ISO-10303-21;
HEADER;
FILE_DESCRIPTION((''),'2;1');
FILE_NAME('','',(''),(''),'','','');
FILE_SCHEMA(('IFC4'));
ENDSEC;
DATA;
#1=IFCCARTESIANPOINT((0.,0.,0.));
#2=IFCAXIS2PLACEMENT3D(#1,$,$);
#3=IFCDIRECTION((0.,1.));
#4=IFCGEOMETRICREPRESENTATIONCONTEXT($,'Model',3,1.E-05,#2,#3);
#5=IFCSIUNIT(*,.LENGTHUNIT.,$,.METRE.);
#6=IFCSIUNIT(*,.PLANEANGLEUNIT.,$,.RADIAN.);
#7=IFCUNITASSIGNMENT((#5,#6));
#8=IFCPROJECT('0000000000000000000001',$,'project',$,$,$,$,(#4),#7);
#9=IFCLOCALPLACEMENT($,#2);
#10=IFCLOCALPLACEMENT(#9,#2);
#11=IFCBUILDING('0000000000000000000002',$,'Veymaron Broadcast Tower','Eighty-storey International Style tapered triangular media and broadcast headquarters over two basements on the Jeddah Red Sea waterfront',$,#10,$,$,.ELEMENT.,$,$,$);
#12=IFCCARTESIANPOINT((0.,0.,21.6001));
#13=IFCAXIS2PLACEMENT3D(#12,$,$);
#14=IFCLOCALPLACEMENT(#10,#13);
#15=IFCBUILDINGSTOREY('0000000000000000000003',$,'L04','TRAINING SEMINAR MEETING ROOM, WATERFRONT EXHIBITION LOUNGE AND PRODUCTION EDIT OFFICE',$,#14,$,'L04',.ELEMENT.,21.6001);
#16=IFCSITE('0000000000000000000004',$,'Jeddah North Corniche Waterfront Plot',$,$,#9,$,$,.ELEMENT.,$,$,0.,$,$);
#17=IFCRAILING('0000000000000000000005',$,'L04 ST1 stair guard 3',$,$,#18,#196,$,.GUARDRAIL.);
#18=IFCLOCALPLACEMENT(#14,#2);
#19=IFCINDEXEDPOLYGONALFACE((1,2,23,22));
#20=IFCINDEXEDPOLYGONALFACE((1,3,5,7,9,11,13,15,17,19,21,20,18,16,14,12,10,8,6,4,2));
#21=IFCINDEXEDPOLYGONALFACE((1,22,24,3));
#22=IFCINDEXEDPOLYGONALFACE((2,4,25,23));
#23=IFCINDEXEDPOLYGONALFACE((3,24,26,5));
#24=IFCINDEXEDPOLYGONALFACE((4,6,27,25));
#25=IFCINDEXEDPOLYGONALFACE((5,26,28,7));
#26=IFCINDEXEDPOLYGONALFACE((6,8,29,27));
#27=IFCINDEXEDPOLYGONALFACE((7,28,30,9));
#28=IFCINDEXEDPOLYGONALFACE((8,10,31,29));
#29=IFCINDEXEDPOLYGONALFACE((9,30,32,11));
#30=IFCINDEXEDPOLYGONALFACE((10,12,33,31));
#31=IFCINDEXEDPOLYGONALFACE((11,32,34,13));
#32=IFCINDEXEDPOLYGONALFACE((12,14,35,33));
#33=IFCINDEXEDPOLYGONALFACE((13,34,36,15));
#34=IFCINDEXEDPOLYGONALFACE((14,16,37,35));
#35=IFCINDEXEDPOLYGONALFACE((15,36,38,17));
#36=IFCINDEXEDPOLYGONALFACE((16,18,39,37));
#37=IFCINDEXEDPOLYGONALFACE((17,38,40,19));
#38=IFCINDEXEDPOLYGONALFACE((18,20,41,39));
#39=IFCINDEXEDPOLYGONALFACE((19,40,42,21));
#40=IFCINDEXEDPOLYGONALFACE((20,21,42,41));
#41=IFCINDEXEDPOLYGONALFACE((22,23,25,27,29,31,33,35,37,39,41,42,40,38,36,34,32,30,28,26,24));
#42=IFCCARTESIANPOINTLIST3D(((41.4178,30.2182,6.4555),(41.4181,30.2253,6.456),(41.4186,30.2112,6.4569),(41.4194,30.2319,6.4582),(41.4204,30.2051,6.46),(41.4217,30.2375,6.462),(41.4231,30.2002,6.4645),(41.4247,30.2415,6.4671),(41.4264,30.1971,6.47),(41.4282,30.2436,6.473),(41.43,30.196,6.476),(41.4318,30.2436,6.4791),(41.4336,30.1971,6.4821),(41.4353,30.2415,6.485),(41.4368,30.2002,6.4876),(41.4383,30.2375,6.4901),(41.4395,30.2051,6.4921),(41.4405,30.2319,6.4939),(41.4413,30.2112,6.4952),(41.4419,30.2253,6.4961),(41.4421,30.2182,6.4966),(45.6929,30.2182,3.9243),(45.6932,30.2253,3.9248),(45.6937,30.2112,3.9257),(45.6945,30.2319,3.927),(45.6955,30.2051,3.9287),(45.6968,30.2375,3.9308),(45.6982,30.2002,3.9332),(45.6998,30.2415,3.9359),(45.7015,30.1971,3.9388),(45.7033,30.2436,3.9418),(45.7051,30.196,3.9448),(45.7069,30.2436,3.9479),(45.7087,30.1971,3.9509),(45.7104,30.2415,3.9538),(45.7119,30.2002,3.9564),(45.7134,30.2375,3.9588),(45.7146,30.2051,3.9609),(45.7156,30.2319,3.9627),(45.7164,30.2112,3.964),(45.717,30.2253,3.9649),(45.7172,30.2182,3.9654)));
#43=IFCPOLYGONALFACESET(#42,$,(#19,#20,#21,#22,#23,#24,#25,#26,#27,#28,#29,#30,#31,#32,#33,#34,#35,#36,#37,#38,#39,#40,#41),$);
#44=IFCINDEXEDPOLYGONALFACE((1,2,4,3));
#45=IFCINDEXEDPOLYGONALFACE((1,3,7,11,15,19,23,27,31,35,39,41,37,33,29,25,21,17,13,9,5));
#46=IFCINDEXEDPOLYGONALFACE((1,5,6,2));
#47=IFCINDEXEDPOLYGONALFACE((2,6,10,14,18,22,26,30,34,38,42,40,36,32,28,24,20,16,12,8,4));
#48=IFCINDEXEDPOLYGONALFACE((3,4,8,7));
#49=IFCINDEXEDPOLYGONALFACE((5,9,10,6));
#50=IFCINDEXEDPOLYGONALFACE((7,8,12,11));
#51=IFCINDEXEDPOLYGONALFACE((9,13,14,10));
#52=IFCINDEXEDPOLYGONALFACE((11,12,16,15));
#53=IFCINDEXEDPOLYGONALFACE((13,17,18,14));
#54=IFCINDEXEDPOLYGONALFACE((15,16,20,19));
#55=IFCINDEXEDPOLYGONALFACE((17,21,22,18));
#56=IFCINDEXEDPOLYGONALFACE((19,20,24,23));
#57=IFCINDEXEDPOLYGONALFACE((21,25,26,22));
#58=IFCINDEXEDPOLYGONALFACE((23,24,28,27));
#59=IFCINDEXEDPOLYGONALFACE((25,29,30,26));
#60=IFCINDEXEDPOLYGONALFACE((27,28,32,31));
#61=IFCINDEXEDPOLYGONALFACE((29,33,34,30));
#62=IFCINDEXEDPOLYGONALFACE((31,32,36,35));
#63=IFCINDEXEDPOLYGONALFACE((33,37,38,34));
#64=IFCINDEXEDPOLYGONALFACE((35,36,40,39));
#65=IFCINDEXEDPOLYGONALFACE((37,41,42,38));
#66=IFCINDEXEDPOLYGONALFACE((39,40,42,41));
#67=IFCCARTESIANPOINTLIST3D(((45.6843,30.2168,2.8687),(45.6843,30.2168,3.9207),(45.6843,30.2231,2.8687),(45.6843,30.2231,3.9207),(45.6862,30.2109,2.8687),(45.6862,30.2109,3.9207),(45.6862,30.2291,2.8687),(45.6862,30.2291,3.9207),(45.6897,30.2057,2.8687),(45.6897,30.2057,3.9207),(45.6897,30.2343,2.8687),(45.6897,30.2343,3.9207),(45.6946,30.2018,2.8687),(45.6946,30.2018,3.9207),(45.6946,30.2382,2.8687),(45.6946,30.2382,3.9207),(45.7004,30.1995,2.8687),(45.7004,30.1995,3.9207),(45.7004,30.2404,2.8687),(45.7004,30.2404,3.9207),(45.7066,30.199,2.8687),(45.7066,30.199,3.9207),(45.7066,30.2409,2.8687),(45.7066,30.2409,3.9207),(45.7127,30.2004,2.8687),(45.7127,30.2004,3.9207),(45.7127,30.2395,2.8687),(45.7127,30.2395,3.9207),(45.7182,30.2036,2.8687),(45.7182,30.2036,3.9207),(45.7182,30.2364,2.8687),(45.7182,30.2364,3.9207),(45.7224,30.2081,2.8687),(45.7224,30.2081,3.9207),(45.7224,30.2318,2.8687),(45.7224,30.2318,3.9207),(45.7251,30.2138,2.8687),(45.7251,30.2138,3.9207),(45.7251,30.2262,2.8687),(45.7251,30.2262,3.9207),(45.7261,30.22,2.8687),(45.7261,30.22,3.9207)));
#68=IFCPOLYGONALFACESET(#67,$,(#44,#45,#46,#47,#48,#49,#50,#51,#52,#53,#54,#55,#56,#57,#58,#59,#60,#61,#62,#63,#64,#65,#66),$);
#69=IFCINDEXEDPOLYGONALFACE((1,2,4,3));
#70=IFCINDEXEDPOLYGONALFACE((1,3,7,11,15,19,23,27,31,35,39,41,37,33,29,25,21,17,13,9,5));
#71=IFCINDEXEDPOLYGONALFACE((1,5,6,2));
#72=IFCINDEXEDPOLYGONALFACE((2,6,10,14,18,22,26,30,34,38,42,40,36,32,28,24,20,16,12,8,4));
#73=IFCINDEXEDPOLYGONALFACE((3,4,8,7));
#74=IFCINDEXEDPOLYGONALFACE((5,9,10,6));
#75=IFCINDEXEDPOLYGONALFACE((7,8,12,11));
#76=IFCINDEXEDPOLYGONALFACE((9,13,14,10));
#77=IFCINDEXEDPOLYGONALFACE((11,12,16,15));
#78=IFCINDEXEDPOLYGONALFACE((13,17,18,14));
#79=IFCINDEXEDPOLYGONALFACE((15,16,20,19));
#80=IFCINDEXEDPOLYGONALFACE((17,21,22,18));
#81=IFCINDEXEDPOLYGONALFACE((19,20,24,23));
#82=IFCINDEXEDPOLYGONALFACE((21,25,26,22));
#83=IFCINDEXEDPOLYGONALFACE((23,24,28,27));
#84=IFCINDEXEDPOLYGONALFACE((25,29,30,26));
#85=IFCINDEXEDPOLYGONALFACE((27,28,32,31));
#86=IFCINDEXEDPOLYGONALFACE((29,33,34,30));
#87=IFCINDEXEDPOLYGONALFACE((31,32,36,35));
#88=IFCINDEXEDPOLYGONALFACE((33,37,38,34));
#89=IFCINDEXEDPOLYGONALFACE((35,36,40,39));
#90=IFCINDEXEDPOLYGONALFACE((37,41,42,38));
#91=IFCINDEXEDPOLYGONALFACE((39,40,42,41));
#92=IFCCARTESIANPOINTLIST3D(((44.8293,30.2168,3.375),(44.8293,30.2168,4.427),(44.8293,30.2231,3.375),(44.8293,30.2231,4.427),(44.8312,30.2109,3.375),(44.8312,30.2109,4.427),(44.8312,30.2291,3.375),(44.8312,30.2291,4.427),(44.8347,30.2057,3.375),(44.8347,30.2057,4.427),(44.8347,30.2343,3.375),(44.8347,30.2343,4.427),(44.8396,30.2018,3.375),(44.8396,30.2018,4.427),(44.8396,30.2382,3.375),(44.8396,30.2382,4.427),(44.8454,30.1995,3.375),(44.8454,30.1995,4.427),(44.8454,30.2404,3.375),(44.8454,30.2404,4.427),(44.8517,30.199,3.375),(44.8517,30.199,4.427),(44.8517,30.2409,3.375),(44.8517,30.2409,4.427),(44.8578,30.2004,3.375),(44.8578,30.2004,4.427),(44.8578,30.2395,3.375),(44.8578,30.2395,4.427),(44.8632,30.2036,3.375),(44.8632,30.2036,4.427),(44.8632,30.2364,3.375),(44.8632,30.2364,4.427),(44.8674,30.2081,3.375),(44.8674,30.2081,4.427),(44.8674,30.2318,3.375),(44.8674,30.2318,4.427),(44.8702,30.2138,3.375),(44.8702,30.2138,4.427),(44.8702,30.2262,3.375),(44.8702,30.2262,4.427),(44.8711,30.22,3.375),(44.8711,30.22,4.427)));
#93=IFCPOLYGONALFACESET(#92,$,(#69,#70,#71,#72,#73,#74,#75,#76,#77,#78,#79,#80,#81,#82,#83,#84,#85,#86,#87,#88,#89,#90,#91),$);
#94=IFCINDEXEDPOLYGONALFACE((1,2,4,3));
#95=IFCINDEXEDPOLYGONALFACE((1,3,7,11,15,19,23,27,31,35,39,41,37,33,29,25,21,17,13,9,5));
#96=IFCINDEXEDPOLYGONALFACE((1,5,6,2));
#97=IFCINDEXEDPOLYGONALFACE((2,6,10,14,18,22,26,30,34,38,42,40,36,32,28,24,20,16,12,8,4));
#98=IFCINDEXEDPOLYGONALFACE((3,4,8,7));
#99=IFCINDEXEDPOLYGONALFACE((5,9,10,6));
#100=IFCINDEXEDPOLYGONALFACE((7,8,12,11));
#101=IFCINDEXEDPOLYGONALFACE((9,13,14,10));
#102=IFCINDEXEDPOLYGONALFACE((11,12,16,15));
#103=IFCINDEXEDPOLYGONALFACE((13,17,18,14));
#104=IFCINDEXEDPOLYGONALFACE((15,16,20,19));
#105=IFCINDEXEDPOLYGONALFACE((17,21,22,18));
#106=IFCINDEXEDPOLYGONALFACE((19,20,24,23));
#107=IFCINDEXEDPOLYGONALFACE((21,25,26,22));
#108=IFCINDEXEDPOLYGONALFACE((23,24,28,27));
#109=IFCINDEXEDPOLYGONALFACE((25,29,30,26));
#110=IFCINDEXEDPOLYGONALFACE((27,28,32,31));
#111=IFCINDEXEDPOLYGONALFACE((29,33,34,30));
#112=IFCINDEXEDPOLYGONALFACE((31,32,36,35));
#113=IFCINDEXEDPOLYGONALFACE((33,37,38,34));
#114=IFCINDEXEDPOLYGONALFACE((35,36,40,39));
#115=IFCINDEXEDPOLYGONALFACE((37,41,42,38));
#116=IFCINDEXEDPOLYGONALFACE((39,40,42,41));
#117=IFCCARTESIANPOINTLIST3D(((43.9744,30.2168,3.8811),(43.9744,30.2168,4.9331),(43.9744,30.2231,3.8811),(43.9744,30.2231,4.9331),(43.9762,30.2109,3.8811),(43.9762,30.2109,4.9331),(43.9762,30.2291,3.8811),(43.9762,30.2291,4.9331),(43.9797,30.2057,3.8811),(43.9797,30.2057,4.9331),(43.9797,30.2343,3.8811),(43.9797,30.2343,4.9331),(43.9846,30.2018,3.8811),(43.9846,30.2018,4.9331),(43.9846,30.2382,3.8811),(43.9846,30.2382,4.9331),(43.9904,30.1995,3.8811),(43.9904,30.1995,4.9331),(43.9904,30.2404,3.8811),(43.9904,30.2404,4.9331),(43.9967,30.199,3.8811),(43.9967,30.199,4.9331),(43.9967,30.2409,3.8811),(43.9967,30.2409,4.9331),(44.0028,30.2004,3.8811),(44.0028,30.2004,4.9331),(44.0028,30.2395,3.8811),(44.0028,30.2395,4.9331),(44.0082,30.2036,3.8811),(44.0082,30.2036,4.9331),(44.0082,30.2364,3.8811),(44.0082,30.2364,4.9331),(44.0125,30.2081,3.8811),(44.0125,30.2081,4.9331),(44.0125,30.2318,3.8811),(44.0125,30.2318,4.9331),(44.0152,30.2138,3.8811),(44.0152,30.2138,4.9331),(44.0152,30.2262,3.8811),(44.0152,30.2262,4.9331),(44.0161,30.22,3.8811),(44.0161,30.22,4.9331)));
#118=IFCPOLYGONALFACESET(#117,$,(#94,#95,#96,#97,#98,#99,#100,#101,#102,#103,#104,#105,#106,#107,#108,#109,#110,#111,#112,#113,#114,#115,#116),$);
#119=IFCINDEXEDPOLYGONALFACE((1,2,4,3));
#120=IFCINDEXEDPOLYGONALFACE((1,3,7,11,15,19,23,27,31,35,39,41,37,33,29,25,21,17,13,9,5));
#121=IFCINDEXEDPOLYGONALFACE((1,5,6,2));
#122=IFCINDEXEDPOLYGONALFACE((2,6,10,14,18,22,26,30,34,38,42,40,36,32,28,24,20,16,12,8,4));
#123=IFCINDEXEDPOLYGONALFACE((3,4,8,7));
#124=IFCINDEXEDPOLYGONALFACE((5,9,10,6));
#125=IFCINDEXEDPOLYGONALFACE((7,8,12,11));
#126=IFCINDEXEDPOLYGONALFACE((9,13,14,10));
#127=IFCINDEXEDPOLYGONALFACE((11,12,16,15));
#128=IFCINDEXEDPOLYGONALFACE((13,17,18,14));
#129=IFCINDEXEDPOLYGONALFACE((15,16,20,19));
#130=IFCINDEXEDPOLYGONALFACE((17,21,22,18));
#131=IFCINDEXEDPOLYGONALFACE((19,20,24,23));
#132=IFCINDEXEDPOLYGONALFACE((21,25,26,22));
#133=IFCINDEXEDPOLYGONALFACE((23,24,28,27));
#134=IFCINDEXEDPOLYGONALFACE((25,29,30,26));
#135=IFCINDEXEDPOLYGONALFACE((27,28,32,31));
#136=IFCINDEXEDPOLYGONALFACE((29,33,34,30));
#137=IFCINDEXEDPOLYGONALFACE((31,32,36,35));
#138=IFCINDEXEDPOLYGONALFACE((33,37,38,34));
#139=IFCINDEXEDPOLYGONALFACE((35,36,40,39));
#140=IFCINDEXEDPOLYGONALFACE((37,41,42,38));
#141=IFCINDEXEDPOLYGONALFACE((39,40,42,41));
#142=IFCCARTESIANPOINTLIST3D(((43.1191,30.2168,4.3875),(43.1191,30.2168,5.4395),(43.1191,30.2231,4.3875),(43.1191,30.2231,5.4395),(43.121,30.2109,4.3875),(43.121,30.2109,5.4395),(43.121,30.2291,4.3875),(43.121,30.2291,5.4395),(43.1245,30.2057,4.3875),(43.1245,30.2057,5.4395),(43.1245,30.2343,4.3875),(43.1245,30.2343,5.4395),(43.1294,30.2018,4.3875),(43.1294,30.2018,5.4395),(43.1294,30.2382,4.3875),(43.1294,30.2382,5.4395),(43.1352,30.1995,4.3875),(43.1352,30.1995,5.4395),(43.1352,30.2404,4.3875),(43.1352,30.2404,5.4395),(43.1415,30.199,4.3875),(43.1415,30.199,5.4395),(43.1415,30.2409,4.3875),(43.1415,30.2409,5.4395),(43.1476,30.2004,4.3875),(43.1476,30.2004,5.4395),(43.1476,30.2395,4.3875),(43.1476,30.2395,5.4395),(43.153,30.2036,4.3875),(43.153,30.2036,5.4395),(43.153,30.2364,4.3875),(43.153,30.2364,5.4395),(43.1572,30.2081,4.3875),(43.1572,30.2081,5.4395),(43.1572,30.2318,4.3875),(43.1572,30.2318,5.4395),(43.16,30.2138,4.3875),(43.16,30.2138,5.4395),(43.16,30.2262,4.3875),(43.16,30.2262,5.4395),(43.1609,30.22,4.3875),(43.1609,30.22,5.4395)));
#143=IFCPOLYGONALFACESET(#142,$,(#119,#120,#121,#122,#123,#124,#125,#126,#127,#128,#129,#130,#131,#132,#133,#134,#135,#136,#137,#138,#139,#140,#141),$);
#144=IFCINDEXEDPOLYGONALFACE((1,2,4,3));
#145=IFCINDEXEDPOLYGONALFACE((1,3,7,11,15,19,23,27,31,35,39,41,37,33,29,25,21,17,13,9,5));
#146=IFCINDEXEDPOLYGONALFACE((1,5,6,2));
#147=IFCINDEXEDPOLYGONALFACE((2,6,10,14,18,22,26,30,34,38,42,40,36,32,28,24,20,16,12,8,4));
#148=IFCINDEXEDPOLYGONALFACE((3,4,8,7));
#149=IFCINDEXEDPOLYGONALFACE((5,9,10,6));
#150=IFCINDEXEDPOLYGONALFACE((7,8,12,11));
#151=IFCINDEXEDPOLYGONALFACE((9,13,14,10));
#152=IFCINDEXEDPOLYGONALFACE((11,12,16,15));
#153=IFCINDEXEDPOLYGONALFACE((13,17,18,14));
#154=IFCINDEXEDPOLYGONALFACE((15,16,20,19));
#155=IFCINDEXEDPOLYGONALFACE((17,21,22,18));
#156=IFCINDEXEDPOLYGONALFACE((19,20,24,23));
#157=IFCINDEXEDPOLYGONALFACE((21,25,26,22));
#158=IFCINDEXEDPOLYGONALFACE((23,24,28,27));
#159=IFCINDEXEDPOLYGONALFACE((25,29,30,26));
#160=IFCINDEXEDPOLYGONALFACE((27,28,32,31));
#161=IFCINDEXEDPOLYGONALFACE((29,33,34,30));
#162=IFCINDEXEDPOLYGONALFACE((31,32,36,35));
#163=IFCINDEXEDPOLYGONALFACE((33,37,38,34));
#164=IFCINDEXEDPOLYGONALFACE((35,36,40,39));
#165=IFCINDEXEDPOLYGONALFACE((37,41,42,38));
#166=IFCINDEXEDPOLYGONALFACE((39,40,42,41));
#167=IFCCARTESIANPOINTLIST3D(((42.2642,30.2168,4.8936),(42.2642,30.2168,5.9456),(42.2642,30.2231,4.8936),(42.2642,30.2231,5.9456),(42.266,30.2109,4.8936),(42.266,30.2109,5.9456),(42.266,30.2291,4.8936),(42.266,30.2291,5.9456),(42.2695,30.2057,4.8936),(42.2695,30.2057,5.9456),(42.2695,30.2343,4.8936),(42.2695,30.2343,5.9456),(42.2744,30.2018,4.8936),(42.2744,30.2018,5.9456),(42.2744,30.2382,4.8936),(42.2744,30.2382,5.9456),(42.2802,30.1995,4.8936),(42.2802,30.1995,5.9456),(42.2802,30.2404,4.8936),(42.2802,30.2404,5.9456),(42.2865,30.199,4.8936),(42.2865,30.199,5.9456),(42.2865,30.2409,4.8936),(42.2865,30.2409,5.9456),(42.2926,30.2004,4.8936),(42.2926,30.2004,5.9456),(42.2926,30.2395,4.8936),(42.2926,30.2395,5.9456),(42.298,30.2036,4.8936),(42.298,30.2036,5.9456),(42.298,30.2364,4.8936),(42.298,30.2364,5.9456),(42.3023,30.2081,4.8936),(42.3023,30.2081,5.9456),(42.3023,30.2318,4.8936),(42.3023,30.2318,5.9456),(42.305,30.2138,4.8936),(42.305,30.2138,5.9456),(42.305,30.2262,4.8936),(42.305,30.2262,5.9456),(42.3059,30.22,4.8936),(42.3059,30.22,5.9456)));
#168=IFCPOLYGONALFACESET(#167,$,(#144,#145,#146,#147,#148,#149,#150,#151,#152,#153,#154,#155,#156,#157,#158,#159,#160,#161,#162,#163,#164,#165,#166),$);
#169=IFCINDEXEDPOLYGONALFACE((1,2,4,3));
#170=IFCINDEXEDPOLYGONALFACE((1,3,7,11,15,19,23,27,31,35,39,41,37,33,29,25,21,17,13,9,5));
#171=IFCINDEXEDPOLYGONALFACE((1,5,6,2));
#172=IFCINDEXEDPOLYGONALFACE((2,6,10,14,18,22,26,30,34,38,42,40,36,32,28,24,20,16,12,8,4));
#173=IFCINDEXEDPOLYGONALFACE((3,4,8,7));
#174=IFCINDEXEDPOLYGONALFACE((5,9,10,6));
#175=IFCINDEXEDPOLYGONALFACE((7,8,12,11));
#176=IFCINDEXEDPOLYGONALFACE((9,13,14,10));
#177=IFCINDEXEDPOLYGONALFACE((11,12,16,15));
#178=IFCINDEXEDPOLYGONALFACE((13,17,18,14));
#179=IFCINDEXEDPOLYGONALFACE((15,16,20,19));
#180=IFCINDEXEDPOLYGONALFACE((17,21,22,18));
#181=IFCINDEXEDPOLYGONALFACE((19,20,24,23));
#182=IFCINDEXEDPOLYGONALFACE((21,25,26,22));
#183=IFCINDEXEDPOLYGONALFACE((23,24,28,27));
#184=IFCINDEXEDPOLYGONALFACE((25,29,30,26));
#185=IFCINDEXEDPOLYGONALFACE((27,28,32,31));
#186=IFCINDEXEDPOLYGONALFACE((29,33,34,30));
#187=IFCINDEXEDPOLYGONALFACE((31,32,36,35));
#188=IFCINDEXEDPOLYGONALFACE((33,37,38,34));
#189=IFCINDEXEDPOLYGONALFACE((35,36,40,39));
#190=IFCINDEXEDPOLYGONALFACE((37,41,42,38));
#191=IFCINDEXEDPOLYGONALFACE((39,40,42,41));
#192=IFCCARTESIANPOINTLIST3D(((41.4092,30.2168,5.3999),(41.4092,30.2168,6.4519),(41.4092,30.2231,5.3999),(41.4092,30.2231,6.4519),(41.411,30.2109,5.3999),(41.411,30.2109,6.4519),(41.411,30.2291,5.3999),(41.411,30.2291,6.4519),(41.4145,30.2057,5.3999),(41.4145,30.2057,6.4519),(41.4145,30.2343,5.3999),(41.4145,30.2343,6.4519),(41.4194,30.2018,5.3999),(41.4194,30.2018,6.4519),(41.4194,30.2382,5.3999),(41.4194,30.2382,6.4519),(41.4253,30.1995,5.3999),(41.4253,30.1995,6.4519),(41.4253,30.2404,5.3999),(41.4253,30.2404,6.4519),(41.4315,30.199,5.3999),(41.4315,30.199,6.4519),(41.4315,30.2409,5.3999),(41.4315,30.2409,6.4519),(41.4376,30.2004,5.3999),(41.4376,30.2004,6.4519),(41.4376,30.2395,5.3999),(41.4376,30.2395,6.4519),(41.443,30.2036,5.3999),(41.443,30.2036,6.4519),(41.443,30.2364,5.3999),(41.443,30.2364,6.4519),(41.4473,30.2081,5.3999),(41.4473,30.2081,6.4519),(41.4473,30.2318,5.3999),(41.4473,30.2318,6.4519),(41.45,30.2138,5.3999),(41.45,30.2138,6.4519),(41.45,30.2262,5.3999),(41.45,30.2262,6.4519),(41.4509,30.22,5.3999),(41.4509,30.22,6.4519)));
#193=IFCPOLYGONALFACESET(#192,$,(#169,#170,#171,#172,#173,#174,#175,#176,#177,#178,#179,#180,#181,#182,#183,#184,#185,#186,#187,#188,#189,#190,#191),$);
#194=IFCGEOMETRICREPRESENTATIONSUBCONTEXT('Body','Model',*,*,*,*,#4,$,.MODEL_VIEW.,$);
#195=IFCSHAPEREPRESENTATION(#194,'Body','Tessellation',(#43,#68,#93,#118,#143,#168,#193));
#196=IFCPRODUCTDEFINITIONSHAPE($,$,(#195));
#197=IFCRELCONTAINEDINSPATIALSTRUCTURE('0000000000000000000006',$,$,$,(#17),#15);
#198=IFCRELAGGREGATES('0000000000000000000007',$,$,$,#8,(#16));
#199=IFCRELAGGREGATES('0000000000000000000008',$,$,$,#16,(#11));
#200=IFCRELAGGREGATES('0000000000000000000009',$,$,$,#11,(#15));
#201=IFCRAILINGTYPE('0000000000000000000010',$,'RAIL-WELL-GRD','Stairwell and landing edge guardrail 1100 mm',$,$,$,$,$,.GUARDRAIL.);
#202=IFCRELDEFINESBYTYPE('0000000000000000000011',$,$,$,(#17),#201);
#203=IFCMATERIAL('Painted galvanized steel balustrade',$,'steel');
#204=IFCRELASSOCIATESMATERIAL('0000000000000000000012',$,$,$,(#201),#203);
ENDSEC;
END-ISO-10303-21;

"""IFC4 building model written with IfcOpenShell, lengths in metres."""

from ifc_helpers import new_model, si_unit, direction, frame, origin, origin_2d, place, context, subcontext, project, spatial, circle, extrude, material, type_object, element, save


model = new_model("IFC4")

# Units and contexts
model_context = context("Model", 3, precision=1e-05, world=origin(), true_north=direction((0.0, 1.0)))
body_context = subcontext(model_context, "Body", "Model", "MODEL_VIEW")
ifc_project = project(units=[si_unit("LENGTHUNIT", "METRE"), si_unit("PLANEANGLEUNIT", "RADIAN")], contexts=[model_context])

# Site, building, storey
site_placement = place(None, origin())
site = spatial("IfcSite", under=ifc_project, at=site_placement, Name="Jeddah North Corniche Waterfront Plot", CompositionType="ELEMENT", RefElevation=0.0)
building_placement = place(site_placement, origin())
building = spatial("IfcBuilding", under=site, at=building_placement, Name="Veymaron Broadcast Tower", Description="Eighty-storey International Style tapered triangular media and broadcast headquarters over two basements on the Jeddah Red Sea waterfront", CompositionType="ELEMENT")
storey_placement = place(building_placement, frame((0.0, 0.0, 21.6001)))
storey = spatial("IfcBuildingStorey", under=building, at=storey_placement, Name="L04", Description="TRAINING SEMINAR MEETING ROOM, WATERFRONT EXHIBITION LOUNGE AND PRODUCTION EDIT OFFICE", LongName="L04", CompositionType="ELEMENT", Elevation=21.6001)

# Railing
ifc_material_1 = material(Name="Painted galvanized steel balustrade", Category="steel")
railing_type_1 = type_object("IfcRailingType", Name="RAIL-WELL-GRD", Description="Stairwell and landing edge guardrail 1100 mm", PredefinedType="GUARDRAIL", material=ifc_material_1)
railing_1_placement = place(storey_placement, frame((45.7051, 30.22, 2.8687)))
element("IfcRailing", 1, at=railing_1_placement, inside=storey, type_object=railing_type_1, Name="L04 ST1 stair guard 3", PredefinedType="GUARDRAIL", context=body_context, shape_type="SweptSolid", body=[
    extrude(circle(Radius=0.0239, at=origin_2d()), frame((0.0, 0.0, 1.0762), z_axis=(-0.860483, 0.0, 0.509479), x_axis=(0.0, -1.0, 0.0)), (0.0, 0.0, 1.0), 4.9683),
    extrude(circle(Radius=0.021, at=origin_2d()), origin(), (0.0, 0.0, 1.0), 1.052),
    extrude(circle(Radius=0.021, at=origin_2d()), frame((-0.855, 0.0, 0.5063)), (0.0, 0.0, 1.0), 1.052),
    extrude(circle(Radius=0.021, at=origin_2d()), frame((-1.71, 0.0, 1.0125)), (0.0, 0.0, 1.0), 1.052),
    extrude(circle(Radius=0.021, at=origin_2d()), frame((-2.5652, 0.0, 1.5188)), (0.0, 0.0, 1.0), 1.052),
    extrude(circle(Radius=0.021, at=origin_2d()), frame((-3.4202, 0.0, 2.0249)), (0.0, 0.0, 1.0), 1.052),
    extrude(circle(Radius=0.021, at=origin_2d()), frame((-4.2751, 0.0, 2.5312)), (0.0, 0.0, 1.0), 1.052),
])

save(model, "model.ifc")
